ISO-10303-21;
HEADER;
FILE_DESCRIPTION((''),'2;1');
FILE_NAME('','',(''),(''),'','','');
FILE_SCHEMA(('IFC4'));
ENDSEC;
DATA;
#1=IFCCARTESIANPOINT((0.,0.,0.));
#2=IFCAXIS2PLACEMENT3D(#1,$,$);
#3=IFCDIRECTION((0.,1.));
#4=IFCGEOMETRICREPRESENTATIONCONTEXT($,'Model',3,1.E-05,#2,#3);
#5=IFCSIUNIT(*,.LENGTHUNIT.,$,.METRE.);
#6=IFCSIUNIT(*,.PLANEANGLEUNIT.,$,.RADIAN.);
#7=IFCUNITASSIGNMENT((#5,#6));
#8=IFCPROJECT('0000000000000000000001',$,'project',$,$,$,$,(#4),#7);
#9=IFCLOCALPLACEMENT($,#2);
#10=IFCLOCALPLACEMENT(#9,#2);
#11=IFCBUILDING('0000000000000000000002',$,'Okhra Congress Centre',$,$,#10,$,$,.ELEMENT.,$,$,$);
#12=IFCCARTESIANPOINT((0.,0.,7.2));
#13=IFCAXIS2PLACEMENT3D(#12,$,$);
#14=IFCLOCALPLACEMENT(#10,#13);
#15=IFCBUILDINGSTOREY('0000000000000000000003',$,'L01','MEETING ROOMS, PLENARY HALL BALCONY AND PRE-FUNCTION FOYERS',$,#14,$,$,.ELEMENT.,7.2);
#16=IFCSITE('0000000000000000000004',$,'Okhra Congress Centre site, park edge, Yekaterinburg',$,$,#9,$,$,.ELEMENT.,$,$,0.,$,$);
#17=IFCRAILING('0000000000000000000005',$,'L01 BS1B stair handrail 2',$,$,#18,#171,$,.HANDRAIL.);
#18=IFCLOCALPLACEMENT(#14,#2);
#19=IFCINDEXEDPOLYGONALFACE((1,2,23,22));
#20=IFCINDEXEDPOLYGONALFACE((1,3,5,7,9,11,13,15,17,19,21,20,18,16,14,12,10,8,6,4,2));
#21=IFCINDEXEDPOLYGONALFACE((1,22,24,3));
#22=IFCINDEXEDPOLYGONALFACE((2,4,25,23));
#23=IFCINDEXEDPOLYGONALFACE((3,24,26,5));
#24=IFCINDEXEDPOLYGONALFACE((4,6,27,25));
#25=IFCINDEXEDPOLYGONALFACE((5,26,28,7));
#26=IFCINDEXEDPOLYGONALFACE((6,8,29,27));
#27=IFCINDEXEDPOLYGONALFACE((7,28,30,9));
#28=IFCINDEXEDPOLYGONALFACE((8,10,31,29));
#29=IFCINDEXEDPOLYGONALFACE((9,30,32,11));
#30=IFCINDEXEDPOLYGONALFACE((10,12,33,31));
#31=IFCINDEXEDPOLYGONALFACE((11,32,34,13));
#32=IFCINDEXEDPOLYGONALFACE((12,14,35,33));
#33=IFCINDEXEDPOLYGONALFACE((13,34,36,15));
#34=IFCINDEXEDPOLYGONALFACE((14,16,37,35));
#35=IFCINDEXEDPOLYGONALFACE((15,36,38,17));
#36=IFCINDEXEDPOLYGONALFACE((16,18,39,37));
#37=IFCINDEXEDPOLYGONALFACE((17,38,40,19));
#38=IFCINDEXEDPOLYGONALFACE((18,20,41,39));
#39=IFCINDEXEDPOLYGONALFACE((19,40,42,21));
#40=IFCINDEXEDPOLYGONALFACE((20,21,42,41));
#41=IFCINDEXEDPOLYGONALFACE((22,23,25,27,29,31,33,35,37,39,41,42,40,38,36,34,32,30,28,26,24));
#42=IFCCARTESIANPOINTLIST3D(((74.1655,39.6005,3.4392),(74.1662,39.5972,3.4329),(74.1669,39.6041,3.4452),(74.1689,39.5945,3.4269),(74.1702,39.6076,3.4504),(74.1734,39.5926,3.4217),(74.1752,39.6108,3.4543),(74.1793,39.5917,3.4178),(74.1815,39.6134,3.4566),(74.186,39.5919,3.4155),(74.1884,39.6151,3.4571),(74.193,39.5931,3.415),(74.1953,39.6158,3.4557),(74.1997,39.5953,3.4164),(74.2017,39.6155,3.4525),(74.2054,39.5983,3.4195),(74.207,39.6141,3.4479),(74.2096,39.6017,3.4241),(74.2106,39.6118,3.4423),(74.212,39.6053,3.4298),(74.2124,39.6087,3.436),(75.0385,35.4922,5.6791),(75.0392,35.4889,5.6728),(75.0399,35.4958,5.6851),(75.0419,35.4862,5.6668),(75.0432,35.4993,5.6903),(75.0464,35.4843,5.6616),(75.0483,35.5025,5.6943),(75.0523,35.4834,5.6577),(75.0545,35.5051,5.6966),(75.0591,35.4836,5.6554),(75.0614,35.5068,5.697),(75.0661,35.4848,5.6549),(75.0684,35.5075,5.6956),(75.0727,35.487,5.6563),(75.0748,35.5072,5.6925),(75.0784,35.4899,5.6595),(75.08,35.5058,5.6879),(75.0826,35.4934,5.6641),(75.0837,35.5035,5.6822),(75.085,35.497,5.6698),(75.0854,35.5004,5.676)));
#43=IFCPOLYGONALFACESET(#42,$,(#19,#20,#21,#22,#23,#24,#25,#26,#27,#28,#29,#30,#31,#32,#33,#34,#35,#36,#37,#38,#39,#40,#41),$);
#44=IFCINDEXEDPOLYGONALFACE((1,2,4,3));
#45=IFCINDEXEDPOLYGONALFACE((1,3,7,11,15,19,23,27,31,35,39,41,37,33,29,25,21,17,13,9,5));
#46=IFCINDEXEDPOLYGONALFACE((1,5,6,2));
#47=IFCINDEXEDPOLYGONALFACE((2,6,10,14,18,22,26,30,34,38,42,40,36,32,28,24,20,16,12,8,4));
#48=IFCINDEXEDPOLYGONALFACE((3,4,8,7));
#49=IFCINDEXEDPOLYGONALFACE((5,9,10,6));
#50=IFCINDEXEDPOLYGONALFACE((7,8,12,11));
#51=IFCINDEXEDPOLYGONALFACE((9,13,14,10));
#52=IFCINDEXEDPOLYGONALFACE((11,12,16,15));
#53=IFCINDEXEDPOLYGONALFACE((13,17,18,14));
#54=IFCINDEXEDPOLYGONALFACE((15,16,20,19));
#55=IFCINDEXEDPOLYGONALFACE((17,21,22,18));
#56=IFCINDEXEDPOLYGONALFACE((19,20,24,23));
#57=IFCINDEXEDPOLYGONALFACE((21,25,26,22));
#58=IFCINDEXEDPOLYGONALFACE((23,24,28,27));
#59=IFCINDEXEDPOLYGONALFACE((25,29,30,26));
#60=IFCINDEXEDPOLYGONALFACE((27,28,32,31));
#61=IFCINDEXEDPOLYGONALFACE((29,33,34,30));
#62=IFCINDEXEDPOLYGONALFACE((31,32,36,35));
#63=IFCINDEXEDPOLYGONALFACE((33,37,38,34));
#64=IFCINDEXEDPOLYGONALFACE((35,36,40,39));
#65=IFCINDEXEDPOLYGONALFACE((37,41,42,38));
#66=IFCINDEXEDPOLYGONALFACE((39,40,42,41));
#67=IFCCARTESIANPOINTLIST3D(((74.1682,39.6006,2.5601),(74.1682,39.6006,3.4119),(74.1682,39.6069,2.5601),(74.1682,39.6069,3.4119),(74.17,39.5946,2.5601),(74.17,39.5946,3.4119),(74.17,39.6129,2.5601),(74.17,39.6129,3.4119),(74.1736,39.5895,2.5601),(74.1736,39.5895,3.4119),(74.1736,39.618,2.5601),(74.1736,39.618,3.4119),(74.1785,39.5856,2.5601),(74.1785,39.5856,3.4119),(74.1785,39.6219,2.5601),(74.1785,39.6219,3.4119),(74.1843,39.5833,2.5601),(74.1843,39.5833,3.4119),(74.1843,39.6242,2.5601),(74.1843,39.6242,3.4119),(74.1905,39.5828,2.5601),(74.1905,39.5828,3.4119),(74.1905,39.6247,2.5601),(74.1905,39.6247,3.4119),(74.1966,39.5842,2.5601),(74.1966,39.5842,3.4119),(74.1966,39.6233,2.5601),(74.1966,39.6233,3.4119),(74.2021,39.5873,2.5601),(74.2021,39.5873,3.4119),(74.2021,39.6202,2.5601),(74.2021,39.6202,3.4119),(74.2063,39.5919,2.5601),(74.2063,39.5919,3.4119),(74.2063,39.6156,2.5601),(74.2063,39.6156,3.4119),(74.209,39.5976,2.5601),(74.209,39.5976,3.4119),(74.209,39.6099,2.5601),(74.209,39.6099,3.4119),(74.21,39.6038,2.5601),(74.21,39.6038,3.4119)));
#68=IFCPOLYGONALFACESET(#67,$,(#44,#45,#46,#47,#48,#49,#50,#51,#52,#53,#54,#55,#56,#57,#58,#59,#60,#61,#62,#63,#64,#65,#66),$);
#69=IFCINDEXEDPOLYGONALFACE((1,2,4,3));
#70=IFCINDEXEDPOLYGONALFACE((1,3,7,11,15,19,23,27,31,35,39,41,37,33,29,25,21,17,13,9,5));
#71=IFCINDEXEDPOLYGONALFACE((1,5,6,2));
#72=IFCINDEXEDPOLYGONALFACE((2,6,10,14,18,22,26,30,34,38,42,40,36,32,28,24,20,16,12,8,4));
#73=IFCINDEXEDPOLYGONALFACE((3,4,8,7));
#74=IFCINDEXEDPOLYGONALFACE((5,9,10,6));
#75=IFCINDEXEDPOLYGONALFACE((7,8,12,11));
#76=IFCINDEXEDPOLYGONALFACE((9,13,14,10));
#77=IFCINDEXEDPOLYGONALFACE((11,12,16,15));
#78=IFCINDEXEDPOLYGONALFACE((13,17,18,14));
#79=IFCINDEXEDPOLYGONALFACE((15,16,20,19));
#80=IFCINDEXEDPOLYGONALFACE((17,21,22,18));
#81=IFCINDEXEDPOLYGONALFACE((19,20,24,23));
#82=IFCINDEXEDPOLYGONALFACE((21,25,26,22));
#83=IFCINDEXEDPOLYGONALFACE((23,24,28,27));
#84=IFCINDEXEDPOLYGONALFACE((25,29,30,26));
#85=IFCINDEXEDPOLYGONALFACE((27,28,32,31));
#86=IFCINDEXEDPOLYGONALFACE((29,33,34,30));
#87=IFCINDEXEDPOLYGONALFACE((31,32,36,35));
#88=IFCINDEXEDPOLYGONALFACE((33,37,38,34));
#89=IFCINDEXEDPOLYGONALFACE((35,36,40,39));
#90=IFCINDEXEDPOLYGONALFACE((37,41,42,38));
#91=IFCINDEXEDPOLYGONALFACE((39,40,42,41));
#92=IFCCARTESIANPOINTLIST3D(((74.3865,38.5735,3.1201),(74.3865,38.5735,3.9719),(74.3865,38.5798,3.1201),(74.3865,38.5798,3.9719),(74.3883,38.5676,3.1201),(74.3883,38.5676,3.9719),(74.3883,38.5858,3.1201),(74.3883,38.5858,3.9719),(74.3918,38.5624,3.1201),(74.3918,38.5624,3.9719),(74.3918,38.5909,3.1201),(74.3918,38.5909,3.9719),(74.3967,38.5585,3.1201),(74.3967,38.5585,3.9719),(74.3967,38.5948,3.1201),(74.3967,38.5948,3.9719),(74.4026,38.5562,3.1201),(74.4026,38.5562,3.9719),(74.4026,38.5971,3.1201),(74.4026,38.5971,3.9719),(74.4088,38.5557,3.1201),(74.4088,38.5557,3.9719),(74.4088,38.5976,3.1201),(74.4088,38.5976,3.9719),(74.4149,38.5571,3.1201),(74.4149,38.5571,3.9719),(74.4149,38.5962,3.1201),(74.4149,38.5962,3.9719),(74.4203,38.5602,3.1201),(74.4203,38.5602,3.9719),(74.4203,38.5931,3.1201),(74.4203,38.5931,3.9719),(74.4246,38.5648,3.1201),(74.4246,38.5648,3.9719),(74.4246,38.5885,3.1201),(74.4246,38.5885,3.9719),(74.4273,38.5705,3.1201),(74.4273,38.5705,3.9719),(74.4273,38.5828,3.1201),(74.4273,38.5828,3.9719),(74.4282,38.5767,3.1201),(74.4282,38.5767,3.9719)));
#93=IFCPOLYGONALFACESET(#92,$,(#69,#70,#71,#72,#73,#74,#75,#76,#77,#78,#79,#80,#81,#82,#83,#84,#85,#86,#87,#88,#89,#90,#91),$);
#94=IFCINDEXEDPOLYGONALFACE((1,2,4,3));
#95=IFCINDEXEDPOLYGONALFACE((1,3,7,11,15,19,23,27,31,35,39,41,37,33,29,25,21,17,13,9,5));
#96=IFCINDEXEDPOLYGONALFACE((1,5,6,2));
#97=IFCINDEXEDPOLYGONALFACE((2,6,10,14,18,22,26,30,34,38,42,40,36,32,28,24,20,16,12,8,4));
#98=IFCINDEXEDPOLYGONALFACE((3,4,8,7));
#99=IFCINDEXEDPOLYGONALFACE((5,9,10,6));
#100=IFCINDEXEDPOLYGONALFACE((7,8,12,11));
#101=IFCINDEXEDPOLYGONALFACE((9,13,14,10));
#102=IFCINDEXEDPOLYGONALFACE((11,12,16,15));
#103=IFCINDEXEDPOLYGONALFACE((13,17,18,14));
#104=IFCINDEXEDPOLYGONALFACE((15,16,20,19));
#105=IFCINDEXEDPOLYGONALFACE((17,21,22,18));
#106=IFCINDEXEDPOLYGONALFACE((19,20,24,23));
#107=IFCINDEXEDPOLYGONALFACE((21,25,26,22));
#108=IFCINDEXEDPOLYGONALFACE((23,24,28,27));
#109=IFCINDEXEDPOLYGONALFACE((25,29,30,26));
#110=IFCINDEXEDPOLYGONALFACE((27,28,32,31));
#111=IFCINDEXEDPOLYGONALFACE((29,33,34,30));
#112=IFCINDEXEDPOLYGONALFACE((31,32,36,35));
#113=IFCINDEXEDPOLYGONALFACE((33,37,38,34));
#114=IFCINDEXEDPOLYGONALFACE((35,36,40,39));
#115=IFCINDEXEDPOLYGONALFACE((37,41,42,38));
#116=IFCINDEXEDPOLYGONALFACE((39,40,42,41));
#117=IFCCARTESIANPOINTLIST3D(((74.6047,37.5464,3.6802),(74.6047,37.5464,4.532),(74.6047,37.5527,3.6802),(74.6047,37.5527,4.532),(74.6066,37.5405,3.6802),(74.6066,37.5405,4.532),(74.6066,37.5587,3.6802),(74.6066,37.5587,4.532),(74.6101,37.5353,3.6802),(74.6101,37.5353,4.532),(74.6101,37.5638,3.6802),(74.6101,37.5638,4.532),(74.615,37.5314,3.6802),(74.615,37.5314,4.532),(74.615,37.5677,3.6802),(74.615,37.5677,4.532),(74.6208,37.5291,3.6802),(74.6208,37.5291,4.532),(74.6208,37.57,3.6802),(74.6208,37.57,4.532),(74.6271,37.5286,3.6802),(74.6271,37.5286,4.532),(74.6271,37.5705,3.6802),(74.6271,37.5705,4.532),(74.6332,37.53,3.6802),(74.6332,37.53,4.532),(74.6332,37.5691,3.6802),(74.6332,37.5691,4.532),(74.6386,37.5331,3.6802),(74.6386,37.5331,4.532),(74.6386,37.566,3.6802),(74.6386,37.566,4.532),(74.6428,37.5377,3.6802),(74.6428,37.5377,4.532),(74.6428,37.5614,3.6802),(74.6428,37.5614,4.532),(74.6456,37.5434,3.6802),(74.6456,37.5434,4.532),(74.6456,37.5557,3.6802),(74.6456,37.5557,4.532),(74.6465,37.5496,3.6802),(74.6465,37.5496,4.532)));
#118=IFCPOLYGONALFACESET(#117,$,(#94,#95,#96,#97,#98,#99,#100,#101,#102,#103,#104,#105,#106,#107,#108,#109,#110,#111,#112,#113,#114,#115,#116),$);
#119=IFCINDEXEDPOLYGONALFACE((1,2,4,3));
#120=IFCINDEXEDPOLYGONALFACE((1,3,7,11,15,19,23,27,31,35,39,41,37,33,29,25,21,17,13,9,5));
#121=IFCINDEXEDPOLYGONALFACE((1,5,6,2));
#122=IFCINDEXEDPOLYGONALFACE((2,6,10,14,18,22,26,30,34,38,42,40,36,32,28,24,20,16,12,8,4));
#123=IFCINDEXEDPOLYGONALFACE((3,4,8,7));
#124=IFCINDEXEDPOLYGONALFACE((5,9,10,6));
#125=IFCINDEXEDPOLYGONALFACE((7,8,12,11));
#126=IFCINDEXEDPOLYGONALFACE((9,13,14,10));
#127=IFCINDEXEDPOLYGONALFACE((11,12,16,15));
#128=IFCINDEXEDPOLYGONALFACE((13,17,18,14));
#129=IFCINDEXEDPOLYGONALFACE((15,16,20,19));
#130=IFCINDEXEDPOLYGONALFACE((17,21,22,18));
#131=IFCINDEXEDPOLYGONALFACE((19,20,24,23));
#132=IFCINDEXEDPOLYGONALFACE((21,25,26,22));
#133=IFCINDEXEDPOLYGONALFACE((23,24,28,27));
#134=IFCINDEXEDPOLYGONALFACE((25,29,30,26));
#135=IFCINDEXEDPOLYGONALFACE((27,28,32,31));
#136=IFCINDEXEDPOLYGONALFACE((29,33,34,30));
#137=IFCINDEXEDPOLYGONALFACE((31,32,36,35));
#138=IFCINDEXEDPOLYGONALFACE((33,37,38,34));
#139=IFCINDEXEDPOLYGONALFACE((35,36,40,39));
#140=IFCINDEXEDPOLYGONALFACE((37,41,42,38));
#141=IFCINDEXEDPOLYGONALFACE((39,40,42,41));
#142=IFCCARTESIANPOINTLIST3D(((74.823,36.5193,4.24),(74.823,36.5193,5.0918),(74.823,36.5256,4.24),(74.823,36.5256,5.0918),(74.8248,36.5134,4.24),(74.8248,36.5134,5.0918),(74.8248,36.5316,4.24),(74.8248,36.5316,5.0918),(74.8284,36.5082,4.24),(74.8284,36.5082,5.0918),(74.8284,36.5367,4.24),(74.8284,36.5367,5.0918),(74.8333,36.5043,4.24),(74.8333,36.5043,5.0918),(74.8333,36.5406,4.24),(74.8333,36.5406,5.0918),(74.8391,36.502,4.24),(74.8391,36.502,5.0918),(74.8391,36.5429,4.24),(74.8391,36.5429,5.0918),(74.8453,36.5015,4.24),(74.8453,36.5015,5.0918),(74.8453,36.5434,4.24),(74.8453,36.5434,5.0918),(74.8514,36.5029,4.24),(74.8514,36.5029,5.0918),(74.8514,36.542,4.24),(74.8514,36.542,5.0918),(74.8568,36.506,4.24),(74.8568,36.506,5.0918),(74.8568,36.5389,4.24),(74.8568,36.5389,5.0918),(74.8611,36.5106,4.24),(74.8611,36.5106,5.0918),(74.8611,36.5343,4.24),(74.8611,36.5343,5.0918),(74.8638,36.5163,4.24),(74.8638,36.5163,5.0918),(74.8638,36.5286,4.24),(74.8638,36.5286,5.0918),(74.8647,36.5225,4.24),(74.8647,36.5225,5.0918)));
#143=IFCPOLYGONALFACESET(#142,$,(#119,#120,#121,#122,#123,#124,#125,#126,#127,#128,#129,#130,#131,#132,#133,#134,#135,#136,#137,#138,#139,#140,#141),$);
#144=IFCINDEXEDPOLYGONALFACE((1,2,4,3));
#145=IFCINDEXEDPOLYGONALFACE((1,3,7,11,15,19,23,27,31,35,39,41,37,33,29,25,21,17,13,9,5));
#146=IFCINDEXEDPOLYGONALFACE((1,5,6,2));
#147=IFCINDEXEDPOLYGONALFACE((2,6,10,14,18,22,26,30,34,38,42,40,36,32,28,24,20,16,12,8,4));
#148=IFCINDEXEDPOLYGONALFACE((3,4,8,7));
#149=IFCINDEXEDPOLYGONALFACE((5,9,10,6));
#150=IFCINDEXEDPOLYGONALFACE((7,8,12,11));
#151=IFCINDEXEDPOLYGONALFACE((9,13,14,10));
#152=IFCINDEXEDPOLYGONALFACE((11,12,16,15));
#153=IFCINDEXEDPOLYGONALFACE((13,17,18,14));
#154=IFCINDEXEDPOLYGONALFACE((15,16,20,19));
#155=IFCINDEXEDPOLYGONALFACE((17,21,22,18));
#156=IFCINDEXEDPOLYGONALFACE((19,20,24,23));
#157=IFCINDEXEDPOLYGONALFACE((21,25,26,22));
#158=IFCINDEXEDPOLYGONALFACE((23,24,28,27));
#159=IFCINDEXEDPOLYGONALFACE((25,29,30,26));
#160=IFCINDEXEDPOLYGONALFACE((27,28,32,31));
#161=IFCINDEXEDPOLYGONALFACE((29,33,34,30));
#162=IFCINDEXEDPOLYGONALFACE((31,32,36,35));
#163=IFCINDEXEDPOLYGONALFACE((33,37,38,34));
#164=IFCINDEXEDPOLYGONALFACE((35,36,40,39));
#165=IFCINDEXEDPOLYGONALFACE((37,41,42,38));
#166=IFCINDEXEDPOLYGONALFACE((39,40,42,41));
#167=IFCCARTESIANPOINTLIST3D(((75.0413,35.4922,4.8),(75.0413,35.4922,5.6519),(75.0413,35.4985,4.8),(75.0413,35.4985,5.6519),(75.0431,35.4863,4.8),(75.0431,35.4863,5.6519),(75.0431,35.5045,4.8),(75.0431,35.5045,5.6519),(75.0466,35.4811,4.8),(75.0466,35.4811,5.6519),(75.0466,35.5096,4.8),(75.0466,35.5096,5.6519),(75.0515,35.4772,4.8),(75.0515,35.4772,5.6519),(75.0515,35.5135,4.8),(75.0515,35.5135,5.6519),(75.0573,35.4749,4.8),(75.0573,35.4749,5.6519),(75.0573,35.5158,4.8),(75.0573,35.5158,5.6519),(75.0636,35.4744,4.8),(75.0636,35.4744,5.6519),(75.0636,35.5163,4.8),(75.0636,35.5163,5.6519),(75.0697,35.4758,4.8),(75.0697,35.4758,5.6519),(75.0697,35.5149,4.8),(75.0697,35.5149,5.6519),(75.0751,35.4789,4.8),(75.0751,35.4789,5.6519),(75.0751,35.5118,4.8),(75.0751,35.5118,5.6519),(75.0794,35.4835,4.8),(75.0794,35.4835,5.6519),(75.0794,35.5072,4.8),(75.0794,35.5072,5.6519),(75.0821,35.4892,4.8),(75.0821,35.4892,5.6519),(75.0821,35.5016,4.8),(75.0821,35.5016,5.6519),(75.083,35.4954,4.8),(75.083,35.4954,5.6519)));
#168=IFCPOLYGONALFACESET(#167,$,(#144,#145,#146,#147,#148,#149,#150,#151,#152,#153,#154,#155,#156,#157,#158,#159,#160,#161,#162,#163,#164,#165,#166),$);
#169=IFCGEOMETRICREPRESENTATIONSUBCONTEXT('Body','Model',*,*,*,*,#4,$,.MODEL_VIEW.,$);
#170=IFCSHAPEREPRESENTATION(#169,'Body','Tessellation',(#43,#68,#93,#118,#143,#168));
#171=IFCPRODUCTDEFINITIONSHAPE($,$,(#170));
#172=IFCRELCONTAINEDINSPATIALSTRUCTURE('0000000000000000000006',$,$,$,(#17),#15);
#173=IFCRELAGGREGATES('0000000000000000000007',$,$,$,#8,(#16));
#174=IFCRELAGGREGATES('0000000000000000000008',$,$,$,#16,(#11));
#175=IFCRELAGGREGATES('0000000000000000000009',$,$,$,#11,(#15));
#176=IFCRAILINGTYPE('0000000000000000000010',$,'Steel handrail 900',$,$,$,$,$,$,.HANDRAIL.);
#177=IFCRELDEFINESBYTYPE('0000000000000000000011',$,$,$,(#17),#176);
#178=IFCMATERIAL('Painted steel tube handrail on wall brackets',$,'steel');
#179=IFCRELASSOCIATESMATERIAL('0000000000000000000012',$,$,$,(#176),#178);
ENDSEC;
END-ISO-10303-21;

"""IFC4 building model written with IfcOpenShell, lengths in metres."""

from ifc_helpers import new_model, si_unit, direction, frame, origin, origin_2d, place, context, subcontext, project, spatial, circle, extrude, material, type_object, element, save


model = new_model("IFC4")

# Units and contexts
model_context = context("Model", 3, precision=1e-05, world=origin(), true_north=direction((0.0, 1.0)))
body_context = subcontext(model_context, "Body", "Model", "MODEL_VIEW")
ifc_project = project(units=[si_unit("LENGTHUNIT", "METRE"), si_unit("PLANEANGLEUNIT", "RADIAN")], contexts=[model_context])

# Site, building, storey
site_placement = place(None, origin())
site = spatial("IfcSite", under=ifc_project, at=site_placement, Name="Okhra Congress Centre site, park edge, Yekaterinburg", CompositionType="ELEMENT", RefElevation=0.0)
building_placement = place(site_placement, origin())
building = spatial("IfcBuilding", under=site, at=building_placement, Name="Okhra Congress Centre", CompositionType="ELEMENT")
storey_placement = place(building_placement, frame((0.0, 0.0, 7.2)))
storey = spatial("IfcBuildingStorey", under=building, at=storey_placement, Name="L01", Description="MEETING ROOMS, PLENARY HALL BALCONY AND PRE-FUNCTION FOYERS", CompositionType="ELEMENT", Elevation=7.2)

# Railing
ifc_material_1 = material(Name="Painted steel tube handrail on wall brackets", Category="steel")
railing_type_1 = type_object("IfcRailingType", Name="Steel handrail 900", PredefinedType="HANDRAIL", material=ifc_material_1)
railing_1_placement = place(storey_placement, frame((74.189, 39.6038, 2.5601)))
element("IfcRailing", 1, at=railing_1_placement, inside=storey, type_object=railing_type_1, Name="L01 BS1B stair handrail 2", PredefinedType="HANDRAIL", context=body_context, shape_type="SweptSolid", body=[
    extrude(circle(Radius=0.0239, at=origin_2d()), frame((0.0, 0.0, 0.876), z_axis=(0.183409, -0.863088, 0.470575), x_axis=(0.978158, 0.207862, 0.0)), (0.0, 0.0, 1.0), 4.76),
    extrude(circle(Radius=0.021, at=origin_2d()), origin(), (0.0, 0.0, 1.0), 0.8518),
    extrude(circle(Radius=0.021, at=origin_2d()), frame((0.2183, -1.0271, 0.5601)), (0.0, 0.0, 1.0), 0.8518),
    extrude(circle(Radius=0.021, at=origin_2d()), frame((0.4365, -2.0542, 1.1201)), (0.0, 0.0, 1.0), 0.8518),
    extrude(circle(Radius=0.021, at=origin_2d()), frame((0.6548, -3.0813, 1.6799)), (0.0, 0.0, 1.0), 0.8518),
    extrude(circle(Radius=0.021, at=origin_2d()), frame((0.873, -4.1084, 2.24)), (0.0, 0.0, 1.0), 0.8518),
])

save(model, "model.ifc")
